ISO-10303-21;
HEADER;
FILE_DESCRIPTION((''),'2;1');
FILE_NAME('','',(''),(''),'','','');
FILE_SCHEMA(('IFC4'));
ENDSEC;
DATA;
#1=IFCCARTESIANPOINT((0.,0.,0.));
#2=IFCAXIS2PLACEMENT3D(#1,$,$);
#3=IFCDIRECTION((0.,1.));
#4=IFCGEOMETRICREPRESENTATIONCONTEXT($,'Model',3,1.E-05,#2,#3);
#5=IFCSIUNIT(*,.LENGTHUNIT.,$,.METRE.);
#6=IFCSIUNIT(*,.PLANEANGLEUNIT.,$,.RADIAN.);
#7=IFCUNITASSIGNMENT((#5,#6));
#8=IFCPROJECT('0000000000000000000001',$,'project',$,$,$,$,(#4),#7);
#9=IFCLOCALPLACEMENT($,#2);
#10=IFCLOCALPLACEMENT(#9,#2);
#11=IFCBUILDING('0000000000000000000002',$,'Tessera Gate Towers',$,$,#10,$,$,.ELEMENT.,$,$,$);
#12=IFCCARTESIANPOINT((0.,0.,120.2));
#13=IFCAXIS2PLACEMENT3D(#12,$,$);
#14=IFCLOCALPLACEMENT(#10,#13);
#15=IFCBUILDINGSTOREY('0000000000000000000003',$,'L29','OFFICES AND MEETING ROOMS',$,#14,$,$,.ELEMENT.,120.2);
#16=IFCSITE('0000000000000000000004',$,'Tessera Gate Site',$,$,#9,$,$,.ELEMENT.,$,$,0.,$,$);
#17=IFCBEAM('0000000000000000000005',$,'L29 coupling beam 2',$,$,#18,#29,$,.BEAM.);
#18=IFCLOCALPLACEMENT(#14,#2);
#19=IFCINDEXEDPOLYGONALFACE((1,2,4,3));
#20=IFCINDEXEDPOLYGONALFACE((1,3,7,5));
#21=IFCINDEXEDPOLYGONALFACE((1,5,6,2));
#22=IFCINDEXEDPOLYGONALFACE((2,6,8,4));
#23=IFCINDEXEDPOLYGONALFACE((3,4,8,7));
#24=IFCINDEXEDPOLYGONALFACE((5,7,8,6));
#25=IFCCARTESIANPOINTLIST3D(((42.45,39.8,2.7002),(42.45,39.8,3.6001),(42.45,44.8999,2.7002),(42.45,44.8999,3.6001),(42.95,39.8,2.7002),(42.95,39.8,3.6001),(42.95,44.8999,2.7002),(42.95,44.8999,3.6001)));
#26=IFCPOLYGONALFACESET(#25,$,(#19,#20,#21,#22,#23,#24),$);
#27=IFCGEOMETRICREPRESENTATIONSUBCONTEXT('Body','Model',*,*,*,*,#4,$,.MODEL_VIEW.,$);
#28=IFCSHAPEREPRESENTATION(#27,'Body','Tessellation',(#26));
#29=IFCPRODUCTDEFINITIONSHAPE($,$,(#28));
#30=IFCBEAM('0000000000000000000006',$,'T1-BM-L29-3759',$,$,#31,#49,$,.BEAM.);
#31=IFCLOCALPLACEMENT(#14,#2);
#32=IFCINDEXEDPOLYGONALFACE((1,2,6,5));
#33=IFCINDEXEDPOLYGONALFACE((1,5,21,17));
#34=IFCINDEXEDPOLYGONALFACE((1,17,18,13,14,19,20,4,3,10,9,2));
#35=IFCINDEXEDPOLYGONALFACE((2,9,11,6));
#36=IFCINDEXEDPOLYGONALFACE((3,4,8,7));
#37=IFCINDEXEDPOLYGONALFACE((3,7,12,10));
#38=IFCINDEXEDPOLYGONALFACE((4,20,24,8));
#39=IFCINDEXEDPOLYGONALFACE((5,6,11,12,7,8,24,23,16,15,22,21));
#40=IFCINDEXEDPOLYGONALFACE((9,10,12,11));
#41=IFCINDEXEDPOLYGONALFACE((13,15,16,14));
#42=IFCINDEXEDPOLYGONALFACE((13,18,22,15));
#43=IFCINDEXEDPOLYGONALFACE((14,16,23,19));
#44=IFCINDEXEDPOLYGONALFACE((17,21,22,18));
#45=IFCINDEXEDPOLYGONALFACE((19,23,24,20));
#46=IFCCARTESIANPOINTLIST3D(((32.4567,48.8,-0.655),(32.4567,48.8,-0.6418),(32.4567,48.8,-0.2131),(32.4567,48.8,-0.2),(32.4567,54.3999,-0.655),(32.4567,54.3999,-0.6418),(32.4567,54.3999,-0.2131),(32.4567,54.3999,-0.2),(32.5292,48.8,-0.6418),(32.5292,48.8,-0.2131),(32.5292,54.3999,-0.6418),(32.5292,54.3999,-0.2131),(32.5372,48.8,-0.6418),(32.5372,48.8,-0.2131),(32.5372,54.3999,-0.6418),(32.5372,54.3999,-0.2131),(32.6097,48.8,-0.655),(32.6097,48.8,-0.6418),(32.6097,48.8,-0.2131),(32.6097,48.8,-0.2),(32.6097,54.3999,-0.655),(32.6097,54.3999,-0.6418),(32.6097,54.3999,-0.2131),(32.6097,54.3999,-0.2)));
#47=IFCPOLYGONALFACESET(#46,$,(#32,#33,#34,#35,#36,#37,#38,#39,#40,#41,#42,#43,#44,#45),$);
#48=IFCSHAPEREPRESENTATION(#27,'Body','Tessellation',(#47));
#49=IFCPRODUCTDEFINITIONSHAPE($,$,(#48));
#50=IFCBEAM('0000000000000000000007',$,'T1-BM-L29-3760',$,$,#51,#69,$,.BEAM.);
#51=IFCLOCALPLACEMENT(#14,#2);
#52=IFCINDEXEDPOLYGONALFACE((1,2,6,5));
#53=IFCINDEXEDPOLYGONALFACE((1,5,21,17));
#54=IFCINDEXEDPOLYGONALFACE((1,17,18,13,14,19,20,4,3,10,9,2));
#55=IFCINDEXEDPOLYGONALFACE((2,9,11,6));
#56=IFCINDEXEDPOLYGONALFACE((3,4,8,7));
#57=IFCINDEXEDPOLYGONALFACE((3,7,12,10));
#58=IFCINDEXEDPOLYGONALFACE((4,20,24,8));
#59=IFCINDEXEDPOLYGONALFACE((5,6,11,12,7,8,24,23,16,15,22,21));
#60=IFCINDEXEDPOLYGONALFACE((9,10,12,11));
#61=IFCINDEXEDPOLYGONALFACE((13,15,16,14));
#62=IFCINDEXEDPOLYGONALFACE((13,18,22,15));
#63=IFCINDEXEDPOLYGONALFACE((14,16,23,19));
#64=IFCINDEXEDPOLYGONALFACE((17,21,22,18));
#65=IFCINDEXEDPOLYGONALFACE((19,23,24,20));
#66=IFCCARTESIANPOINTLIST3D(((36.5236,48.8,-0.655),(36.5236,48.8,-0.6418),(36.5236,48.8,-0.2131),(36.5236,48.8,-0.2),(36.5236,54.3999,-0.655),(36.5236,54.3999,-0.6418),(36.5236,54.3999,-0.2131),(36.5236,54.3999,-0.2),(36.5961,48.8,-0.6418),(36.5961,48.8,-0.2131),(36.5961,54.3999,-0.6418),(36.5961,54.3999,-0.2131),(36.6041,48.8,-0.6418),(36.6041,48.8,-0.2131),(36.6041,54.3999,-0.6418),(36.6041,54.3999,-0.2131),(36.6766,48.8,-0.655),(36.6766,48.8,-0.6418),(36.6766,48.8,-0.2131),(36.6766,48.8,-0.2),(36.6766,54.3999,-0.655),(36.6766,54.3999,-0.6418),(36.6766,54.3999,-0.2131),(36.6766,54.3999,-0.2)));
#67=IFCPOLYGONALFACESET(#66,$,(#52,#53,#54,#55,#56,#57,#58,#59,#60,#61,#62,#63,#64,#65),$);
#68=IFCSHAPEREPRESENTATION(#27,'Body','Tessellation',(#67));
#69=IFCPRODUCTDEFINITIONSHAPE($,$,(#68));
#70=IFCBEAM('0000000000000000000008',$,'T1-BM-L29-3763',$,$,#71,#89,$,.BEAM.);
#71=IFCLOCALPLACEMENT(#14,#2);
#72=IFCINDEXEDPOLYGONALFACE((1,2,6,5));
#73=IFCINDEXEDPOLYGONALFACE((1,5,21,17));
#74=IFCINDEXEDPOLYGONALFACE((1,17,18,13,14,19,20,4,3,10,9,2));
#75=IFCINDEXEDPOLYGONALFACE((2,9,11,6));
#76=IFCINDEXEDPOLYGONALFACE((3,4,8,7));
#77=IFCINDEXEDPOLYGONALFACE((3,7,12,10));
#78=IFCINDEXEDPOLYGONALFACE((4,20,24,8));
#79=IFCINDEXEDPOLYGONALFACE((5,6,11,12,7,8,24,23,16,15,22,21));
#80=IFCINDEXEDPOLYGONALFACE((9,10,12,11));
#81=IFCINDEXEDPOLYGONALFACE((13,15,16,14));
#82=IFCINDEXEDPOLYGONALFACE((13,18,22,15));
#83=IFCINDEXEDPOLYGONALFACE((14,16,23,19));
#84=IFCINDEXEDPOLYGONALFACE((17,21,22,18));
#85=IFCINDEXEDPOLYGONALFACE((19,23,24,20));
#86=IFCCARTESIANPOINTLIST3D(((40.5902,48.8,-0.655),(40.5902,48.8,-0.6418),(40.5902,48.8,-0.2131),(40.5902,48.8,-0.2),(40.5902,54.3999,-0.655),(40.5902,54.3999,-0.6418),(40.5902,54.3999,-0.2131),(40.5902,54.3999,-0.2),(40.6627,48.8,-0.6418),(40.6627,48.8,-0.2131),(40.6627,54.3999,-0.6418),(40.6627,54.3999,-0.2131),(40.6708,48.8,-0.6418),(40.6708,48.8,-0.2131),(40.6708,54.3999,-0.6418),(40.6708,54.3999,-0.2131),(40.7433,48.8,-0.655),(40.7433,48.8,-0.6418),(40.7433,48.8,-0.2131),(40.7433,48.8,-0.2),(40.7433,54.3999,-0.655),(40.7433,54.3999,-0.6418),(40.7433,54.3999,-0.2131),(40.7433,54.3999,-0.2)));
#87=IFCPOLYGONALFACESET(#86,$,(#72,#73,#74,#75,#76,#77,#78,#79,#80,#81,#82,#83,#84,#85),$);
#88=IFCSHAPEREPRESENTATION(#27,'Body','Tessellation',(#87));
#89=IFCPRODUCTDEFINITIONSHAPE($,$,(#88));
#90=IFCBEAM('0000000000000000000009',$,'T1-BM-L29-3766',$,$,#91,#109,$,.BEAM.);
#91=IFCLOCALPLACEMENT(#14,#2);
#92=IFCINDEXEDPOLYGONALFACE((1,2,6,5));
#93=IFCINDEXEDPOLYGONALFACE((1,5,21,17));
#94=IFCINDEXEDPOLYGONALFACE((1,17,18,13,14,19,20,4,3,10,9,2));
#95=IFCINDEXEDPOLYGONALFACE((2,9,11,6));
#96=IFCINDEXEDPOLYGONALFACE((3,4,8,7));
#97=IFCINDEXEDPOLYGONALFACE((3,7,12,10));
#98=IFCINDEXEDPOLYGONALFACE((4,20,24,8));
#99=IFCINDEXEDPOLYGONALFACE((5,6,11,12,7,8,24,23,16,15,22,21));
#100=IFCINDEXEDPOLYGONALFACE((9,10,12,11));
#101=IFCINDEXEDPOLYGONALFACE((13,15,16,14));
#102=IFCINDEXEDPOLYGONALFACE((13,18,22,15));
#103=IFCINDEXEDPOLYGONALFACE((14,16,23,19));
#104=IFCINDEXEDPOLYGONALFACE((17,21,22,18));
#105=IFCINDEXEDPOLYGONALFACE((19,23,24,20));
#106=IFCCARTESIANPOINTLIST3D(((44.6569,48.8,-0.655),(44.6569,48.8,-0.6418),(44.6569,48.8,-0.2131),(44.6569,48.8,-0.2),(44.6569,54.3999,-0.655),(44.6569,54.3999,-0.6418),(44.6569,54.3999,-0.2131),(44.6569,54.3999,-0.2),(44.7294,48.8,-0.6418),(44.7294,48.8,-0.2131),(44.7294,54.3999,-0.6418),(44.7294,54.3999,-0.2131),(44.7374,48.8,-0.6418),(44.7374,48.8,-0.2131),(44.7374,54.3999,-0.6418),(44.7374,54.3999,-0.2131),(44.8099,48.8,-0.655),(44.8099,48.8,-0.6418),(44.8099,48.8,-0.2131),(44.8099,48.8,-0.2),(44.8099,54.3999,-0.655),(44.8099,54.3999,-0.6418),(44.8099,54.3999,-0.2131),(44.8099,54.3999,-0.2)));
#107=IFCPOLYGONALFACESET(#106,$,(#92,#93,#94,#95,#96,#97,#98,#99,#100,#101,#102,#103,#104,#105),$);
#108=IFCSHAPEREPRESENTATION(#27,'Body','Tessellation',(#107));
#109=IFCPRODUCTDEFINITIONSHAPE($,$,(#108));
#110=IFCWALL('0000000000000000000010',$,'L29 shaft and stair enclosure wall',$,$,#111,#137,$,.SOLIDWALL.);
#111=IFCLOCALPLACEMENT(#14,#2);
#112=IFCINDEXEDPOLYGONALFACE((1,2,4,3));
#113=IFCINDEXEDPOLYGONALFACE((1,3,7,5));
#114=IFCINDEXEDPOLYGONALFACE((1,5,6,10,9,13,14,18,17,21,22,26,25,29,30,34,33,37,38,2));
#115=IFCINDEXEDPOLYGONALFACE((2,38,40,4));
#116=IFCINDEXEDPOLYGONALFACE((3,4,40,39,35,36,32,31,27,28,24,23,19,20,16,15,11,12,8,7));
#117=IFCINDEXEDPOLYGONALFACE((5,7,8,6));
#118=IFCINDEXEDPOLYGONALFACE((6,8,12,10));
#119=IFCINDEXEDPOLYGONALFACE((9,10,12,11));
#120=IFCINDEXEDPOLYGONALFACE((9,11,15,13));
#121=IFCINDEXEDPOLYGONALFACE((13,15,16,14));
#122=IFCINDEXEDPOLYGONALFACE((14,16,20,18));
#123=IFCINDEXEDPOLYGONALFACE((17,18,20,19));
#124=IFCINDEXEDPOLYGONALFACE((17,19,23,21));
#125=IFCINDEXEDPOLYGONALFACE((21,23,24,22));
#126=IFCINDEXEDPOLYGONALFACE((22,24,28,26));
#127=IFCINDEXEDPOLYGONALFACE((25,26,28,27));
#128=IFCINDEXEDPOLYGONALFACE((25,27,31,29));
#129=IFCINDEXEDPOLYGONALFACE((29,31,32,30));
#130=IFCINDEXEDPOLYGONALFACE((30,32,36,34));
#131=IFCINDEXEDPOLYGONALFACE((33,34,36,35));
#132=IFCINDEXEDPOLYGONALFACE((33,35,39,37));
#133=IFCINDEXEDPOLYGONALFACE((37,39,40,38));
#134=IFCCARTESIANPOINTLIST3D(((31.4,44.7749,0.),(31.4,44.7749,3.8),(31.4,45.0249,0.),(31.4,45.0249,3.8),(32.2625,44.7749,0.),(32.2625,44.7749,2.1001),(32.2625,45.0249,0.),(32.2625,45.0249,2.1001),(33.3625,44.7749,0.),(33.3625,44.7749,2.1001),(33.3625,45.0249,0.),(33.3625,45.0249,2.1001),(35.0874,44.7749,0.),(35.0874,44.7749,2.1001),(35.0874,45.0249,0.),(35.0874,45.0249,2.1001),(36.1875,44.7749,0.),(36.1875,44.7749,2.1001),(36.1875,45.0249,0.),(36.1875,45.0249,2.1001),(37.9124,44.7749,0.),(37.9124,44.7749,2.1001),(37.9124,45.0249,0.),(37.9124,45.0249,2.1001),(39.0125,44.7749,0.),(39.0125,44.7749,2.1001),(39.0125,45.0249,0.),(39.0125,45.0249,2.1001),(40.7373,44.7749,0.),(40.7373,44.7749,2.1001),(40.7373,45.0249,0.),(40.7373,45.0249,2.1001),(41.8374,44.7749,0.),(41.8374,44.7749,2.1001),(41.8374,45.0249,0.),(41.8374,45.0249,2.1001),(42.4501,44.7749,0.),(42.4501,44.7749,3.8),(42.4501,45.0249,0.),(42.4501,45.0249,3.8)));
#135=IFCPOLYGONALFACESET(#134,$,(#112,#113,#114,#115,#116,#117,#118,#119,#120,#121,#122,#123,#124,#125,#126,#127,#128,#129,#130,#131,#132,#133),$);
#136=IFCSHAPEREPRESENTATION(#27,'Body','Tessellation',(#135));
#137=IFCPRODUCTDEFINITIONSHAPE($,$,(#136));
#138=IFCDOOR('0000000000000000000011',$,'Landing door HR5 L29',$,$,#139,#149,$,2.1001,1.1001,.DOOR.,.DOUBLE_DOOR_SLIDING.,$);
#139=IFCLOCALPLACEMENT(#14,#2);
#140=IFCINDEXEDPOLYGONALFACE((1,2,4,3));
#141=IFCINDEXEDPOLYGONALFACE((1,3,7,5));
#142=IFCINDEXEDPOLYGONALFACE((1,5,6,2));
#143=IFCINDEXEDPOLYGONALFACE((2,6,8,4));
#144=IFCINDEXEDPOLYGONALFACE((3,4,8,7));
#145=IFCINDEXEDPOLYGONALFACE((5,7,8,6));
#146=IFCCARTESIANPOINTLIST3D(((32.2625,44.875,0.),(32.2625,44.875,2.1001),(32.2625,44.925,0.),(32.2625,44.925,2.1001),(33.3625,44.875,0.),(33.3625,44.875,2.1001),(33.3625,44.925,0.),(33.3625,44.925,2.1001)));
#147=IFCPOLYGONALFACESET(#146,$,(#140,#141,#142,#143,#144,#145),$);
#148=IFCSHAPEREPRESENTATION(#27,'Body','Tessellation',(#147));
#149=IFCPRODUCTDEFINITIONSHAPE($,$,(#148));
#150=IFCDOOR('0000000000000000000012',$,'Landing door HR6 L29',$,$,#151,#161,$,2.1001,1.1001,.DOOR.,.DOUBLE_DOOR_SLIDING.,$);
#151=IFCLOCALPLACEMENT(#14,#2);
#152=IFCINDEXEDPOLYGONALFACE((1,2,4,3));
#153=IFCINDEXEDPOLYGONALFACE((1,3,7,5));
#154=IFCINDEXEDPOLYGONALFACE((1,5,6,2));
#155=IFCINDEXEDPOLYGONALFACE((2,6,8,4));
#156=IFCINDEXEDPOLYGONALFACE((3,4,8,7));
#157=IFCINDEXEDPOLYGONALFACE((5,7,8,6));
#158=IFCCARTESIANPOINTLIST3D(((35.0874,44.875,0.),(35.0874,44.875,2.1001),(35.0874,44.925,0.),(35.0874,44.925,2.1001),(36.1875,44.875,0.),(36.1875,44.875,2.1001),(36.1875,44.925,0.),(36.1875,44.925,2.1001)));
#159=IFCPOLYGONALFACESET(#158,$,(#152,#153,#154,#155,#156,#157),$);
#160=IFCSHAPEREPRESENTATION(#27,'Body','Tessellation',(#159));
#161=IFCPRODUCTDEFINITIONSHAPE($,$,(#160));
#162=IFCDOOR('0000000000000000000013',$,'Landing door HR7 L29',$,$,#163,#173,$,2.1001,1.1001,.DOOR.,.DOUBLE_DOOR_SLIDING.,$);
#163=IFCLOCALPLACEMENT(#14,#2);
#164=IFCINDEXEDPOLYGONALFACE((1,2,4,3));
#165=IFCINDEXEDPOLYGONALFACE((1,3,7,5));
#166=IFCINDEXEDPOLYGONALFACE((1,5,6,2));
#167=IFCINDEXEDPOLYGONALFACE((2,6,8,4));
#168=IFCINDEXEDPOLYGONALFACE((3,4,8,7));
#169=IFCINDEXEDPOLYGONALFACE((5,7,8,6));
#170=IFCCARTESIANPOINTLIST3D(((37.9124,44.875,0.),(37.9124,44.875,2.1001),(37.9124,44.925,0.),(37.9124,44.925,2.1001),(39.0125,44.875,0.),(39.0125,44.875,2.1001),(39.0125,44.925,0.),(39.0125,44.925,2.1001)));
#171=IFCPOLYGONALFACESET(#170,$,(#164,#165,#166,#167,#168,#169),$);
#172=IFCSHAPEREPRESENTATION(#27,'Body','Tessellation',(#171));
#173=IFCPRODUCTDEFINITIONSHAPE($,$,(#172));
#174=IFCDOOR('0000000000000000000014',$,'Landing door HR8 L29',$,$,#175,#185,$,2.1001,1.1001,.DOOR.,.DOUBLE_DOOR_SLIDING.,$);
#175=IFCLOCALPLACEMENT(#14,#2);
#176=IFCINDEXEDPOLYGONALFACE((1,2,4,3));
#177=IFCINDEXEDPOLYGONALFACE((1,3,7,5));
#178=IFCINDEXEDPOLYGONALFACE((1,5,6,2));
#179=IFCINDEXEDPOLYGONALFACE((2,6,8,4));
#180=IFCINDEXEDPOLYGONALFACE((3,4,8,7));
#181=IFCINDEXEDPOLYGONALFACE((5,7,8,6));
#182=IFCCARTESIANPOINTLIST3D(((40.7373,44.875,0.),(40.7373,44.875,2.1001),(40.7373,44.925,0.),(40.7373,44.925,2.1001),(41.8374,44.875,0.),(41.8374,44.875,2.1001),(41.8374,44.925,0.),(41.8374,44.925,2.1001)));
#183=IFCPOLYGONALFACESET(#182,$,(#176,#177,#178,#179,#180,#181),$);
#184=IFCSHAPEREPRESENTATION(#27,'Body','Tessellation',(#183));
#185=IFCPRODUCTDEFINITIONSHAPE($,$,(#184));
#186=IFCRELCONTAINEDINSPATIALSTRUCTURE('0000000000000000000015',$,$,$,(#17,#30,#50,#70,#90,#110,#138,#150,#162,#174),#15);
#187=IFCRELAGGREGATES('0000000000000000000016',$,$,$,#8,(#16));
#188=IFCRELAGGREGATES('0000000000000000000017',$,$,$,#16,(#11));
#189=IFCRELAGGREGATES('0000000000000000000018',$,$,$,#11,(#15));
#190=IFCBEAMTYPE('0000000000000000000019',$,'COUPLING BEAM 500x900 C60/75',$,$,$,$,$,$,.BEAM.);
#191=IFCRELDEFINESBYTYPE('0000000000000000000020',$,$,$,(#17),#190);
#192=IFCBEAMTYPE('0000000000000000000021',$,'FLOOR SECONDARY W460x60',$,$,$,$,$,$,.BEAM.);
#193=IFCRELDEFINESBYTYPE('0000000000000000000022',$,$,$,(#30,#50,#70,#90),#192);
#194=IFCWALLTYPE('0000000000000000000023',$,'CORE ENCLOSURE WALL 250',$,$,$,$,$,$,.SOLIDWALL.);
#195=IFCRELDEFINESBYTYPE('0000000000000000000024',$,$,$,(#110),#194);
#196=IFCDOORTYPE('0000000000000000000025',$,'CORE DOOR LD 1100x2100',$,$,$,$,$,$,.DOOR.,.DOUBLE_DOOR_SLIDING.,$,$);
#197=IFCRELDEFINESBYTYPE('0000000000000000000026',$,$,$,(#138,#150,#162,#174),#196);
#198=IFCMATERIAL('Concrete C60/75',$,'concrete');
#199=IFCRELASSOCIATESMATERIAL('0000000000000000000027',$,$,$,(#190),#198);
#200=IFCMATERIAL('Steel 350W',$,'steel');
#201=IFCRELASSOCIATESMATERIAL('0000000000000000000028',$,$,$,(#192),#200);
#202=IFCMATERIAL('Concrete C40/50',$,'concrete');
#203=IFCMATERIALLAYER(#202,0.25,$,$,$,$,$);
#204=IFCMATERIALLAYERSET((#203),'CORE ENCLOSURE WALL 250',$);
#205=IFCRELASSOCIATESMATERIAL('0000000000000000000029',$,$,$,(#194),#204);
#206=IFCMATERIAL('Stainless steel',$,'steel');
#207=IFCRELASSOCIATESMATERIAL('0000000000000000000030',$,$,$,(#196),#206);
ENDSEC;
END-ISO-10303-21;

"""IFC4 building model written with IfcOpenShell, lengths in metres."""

from ifc_helpers import new_model, si_unit, direction, frame, frame_2d, origin, origin_2d, place, context, subcontext, project, spatial, rectangle, i_section, extrude, source, transform, mapped, material, layer, layer_set, material_profile, profile_set, type_object, element, fill, save


model = new_model("IFC4")

# Units and contexts
model_context = context("Model", 3, precision=1e-05, world=origin(), true_north=direction((0.0, 1.0)))
body_context = subcontext(model_context, "Body", "Model", "MODEL_VIEW")
ifc_project = project(units=[si_unit("LENGTHUNIT", "METRE"), si_unit("PLANEANGLEUNIT", "RADIAN")], contexts=[model_context])

# Site, building, storey
site_placement = place(None, origin())
site = spatial("IfcSite", under=ifc_project, at=site_placement, Name="Tessera Gate Site", CompositionType="ELEMENT", RefElevation=0.0)
building_placement = place(site_placement, origin())
building = spatial("IfcBuilding", under=site, at=building_placement, Name="Tessera Gate Towers", CompositionType="ELEMENT")
storey_placement = place(building_placement, frame((0.0, 0.0, 120.2)))
storey = spatial("IfcBuildingStorey", under=building, at=storey_placement, Name="L29", Description="OFFICES AND MEETING ROOMS", CompositionType="ELEMENT", Elevation=120.2)

# Beams
ifc_material_1 = material(Name="Concrete C60/75", Category="concrete")
ifc_material_profile_1 = material_profile(ifc_material_1, rectangle(XDim=0.5, YDim=0.8999, at=origin_2d()), Name="RC 500x900")
ifc_profile_set_1 = profile_set([ifc_material_profile_1], Name="Concrete C60/75")
beam_type_1 = type_object("IfcBeamType", Name="COUPLING BEAM 500x900 C60/75", PredefinedType="BEAM", material=ifc_profile_set_1)
beam_placement = place(storey_placement, frame((42.7, 39.8, 3.1501), z_axis=(0.0, 1.0, 0.0), x_axis=(-1.0, 0.0, 0.0)))
element("IfcBeam", 1, at=beam_placement, inside=storey, type_object=beam_type_1, Name="L29 coupling beam 2", PredefinedType="BEAM", context=body_context, shape_type="SweptSolid", body=[
    extrude(rectangle(XDim=0.5, YDim=0.8999, at=origin_2d()), origin(), (0.0, 0.0, 1.0), 5.0999),
])
ifc_material_2 = material(Name="Steel 350W", Category="steel")
ifc_material_profile_2 = material_profile(ifc_material_2, i_section(OverallWidth=0.1531, OverallDepth=0.4551, WebThickness=0.0081, FlangeThickness=0.0132, at=origin_2d()), Name="W460x60")
ifc_profile_set_2 = profile_set([ifc_material_profile_2], Name="Steel 350W")
beam_type_2 = type_object("IfcBeamType", Name="FLOOR SECONDARY W460x60", PredefinedType="BEAM", material=ifc_profile_set_2)
for number, where, z_axis, x_axis, name in (
    (2, (32.5332, 48.8, -0.4275), (0.0, 1.0, 0.0), (-1.0, 0.0, 0.0), "T1-BM-L29-3759"),
    (3, (36.6001, 48.8, -0.4275), (0.0, 1.0, 0.0), (-1.0, 0.0, 0.0), "T1-BM-L29-3760"),
    (4, (40.6667, 48.8, -0.4275), (0.0, 1.0, 0.0), (-1.0, 0.0, 0.0), "T1-BM-L29-3763"),
    (5, (44.7334, 48.8, -0.4275), (0.0, 1.0, 0.0), (-1.0, 0.0, 0.0), "T1-BM-L29-3766"),
):
    element("IfcBeam", number, at=place(storey_placement, frame(where, z_axis=z_axis, x_axis=x_axis)), inside=storey, type_object=beam_type_2, Name=name, PredefinedType="BEAM", context=body_context, shape_type="SweptSolid", body=[
        extrude(i_section(OverallWidth=0.1531, OverallDepth=0.4551, WebThickness=0.0081, FlangeThickness=0.0132, at=origin_2d()), origin(), (0.0, 0.0, 1.0), 5.5999),
    ])

# Wall, openings, doors
ifc_material_3 = material(Name="Concrete C40/50", Category="concrete")
ifc_layer_1 = layer(ifc_material_3, 0.25)
ifc_layer_set_1 = layer_set([ifc_layer_1], Name="CORE ENCLOSURE WALL 250")
wall_type_1 = type_object("IfcWallType", Name="CORE ENCLOSURE WALL 250", PredefinedType="SOLIDWALL", material=ifc_layer_set_1)
wall_1_placement = place(storey_placement, frame((42.45, 44.8999, 0.0), z_axis=(0.0, 0.0, 1.0), x_axis=(-1.0, 0.0, 0.0)))
wall_1 = element("IfcWall", 6, at=wall_1_placement, inside=storey, type_object=wall_type_1, Name="L29 shaft and stair enclosure wall", PredefinedType="SOLIDWALL", context=body_context, shape_type="SweptSolid", body=[
    extrude(rectangle(XDim=11.05, YDim=0.25, at=frame_2d((5.5249, 0.0))), origin(), (0.0, 0.0, 1.0), 3.8),
])
shared_shape_1 = source(origin(), body_context, "Body", "SweptSolid", [
    extrude(rectangle(XDim=1.1001, YDim=2.1001, at=frame_2d((0.55, 1.05))), frame((0.0, 0.135, 0.0), z_axis=(0.0, -1.0, 0.0), x_axis=(1.0, 0.0, 0.0)), (0.0, 0.0, 1.0), 0.27),
])
opening_1_placement = place(wall_1_placement, frame((9.0874, 0.0, 0.0)))
opening_1 = element("IfcOpeningElement", 7, at=opening_1_placement, cuts=wall_1, PredefinedType="OPENING", context=body_context, shape_type="MappedRepresentation", body=[
    mapped(shared_shape_1, transform((0.0, 0.0, 0.0), scale=1.0)),
])
opening_2_placement = place(wall_1_placement, frame((6.2625, 0.0, 0.0)))
opening_2 = element("IfcOpeningElement", 8, at=opening_2_placement, cuts=wall_1, PredefinedType="OPENING", context=body_context, shape_type="MappedRepresentation", body=[
    mapped(shared_shape_1, transform((0.0, 0.0, 0.0), scale=1.0)),
])
opening_3_placement = place(wall_1_placement, frame((3.4375, 0.0, 0.0)))
opening_3 = element("IfcOpeningElement", 9, at=opening_3_placement, cuts=wall_1, PredefinedType="OPENING", context=body_context, shape_type="MappedRepresentation", body=[
    mapped(shared_shape_1, transform((0.0, 0.0, 0.0), scale=1.0)),
])
opening_4_placement = place(wall_1_placement, frame((0.6125, 0.0, 0.0)))
opening_4 = element("IfcOpeningElement", 10, at=opening_4_placement, cuts=wall_1, PredefinedType="OPENING", context=body_context, shape_type="MappedRepresentation", body=[
    mapped(shared_shape_1, transform((0.0, 0.0, 0.0), scale=1.0)),
])
ifc_material_4 = material(Name="Stainless steel", Category="steel")
door_type_1 = type_object("IfcDoorType", Name="CORE DOOR LD 1100x2100", OperationType="DOUBLE_DOOR_SLIDING", PredefinedType="DOOR", material=ifc_material_4)
shared_shape_2 = source(origin(), body_context, "Body", "SweptSolid", [
    extrude(rectangle(XDim=1.1001, YDim=2.1001, at=frame_2d((0.55, 1.05))), frame((0.0, 0.0249, 0.0), z_axis=(0.0, -1.0, 0.0), x_axis=(1.0, 0.0, 0.0)), (0.0, 0.0, 1.0), 0.05),
])
door_1_placement = place(opening_1_placement, origin())
door_1 = element("IfcDoor", 11, at=door_1_placement, inside=storey, type_object=door_type_1, Name="Landing door HR5 L29", OperationType="DOUBLE_DOOR_SLIDING", OverallHeight=2.1001, OverallWidth=1.1001, PredefinedType="DOOR", context=body_context, shape_type="MappedRepresentation", body=[
    mapped(shared_shape_2, transform((0.0, 0.0, 0.0), scale=1.0)),
])
fill(opening_1, door_1)
door_2_placement = place(opening_2_placement, origin())
door_2 = element("IfcDoor", 12, at=door_2_placement, inside=storey, type_object=door_type_1, Name="Landing door HR6 L29", OperationType="DOUBLE_DOOR_SLIDING", OverallHeight=2.1001, OverallWidth=1.1001, PredefinedType="DOOR", context=body_context, shape_type="MappedRepresentation", body=[
    mapped(shared_shape_2, transform((0.0, 0.0, 0.0), scale=1.0)),
])
fill(opening_2, door_2)
door_3_placement = place(opening_3_placement, origin())
door_3 = element("IfcDoor", 13, at=door_3_placement, inside=storey, type_object=door_type_1, Name="Landing door HR7 L29", OperationType="DOUBLE_DOOR_SLIDING", OverallHeight=2.1001, OverallWidth=1.1001, PredefinedType="DOOR", context=body_context, shape_type="MappedRepresentation", body=[
    mapped(shared_shape_2, transform((0.0, 0.0, 0.0), scale=1.0)),
])
fill(opening_3, door_3)
door_4_placement = place(opening_4_placement, origin())
door_4 = element("IfcDoor", 14, at=door_4_placement, inside=storey, type_object=door_type_1, Name="Landing door HR8 L29", OperationType="DOUBLE_DOOR_SLIDING", OverallHeight=2.1001, OverallWidth=1.1001, PredefinedType="DOOR", context=body_context, shape_type="MappedRepresentation", body=[
    mapped(shared_shape_2, transform((0.0, 0.0, 0.0), scale=1.0)),
])
fill(opening_4, door_4)

save(model, "model.ifc")
